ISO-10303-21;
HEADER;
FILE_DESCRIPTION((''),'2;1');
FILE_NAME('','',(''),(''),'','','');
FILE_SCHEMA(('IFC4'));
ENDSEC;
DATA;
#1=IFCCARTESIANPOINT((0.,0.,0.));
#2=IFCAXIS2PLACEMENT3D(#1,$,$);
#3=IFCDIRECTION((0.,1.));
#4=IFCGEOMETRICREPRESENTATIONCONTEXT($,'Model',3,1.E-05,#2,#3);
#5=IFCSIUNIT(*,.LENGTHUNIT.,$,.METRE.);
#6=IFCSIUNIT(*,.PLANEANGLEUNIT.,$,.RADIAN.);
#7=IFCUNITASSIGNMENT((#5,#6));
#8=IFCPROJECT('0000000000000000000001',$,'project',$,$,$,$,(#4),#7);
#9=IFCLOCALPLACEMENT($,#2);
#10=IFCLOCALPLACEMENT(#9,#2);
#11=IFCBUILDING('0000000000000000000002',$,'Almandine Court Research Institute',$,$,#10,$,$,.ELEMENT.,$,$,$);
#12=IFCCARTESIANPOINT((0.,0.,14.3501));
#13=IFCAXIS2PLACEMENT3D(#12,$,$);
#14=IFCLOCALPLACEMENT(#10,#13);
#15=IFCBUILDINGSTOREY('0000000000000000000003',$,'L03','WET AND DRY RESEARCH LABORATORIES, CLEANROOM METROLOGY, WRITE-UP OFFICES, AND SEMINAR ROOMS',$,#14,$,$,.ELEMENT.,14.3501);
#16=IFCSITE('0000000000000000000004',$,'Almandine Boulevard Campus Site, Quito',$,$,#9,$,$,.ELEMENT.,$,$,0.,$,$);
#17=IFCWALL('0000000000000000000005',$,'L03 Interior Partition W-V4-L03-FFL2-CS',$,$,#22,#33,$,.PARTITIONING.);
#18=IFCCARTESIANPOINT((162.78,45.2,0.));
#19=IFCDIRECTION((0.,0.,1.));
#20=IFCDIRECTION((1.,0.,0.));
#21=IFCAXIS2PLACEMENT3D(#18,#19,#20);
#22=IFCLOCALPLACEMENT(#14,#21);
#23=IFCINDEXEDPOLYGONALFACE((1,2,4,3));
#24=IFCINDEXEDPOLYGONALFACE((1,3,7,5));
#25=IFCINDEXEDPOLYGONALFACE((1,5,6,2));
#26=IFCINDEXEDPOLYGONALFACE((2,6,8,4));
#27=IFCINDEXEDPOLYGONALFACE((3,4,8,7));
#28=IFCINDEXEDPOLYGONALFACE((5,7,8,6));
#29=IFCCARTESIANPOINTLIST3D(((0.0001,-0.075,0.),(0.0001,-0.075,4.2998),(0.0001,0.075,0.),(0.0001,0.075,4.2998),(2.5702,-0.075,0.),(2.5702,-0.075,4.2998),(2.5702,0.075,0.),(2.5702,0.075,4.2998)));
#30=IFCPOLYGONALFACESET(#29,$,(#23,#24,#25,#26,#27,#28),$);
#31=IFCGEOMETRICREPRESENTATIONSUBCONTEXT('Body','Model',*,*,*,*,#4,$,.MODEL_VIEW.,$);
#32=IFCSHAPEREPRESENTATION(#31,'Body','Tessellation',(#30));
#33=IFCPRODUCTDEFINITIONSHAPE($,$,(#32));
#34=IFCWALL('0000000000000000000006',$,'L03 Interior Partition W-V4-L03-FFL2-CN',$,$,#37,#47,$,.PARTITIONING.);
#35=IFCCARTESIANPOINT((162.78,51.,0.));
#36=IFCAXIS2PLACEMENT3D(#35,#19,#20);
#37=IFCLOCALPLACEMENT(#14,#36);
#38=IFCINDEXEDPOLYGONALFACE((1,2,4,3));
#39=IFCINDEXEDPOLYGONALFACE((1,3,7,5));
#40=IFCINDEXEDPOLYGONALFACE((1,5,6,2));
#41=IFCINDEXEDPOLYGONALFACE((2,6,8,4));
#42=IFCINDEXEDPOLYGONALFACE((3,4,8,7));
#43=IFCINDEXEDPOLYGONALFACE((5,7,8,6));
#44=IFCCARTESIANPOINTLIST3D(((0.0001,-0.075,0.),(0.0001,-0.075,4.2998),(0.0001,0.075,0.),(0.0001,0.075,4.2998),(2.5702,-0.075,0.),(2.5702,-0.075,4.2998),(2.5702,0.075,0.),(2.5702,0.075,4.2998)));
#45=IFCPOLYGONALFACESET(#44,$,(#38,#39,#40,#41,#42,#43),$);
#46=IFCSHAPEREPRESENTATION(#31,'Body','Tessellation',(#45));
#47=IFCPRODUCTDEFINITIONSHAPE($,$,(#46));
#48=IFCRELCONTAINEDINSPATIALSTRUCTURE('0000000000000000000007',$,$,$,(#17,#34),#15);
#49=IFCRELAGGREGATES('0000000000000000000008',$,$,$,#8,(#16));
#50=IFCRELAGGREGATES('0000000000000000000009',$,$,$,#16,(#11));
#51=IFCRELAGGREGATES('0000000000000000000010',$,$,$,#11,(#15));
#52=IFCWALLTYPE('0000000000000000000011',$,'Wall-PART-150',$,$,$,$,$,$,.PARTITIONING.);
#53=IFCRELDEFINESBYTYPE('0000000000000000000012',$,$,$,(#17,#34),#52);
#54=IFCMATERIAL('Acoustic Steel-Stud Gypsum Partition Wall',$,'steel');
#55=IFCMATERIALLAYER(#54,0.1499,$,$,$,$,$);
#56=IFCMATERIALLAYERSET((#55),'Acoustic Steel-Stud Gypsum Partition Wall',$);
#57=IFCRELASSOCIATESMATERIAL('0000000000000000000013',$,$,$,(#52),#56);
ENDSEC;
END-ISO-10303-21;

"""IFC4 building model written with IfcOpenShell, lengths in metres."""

from ifc_helpers import new_model, si_unit, direction, frame, frame_2d, origin, place, context, subcontext, project, spatial, rectangle, extrude, material, layer, layer_set, type_object, element, save


model = new_model("IFC4")

# Units and contexts
model_context = context("Model", 3, precision=1e-05, world=origin(), true_north=direction((0.0, 1.0)))
body_context = subcontext(model_context, "Body", "Model", "MODEL_VIEW")
ifc_project = project(units=[si_unit("LENGTHUNIT", "METRE"), si_unit("PLANEANGLEUNIT", "RADIAN")], contexts=[model_context])

# Site, building, storey
site_placement = place(None, origin())
site = spatial("IfcSite", under=ifc_project, at=site_placement, Name="Almandine Boulevard Campus Site, Quito", CompositionType="ELEMENT", RefElevation=0.0)
building_placement = place(site_placement, origin())
building = spatial("IfcBuilding", under=site, at=building_placement, Name="Almandine Court Research Institute", CompositionType="ELEMENT")
storey_placement = place(building_placement, frame((0.0, 0.0, 14.3501)))
storey = spatial("IfcBuildingStorey", under=building, at=storey_placement, Name="L03", Description="WET AND DRY RESEARCH LABORATORIES, CLEANROOM METROLOGY, WRITE-UP OFFICES, AND SEMINAR ROOMS", CompositionType="ELEMENT", Elevation=14.3501)

# Walls
ifc_material_1 = material(Name="Acoustic Steel-Stud Gypsum Partition Wall", Category="steel")
ifc_layer_1 = layer(ifc_material_1, 0.1499)
ifc_layer_set_1 = layer_set([ifc_layer_1], Name="Acoustic Steel-Stud Gypsum Partition Wall")
wall_type_1 = type_object("IfcWallType", Name="Wall-PART-150", PredefinedType="PARTITIONING", material=ifc_layer_set_1)
for number, where, z_axis, x_axis, name in (
    (1, (162.78, 45.2, 0.0), (0.0, 0.0, 1.0), (1.0, 0.0, 0.0), "L03 Interior Partition W-V4-L03-FFL2-CS"),
    (2, (162.78, 51.0, 0.0), (0.0, 0.0, 1.0), (1.0, 0.0, 0.0), "L03 Interior Partition W-V4-L03-FFL2-CN"),
):
    element("IfcWall", number, at=place(storey_placement, frame(where, z_axis=z_axis, x_axis=x_axis)), inside=storey, type_object=wall_type_1, Name=name, PredefinedType="PARTITIONING", context=body_context, shape_type="SweptSolid", body=[
        extrude(rectangle(XDim=2.5701, YDim=0.1499, at=frame_2d((1.2852, 0.0))), origin(), (0.0, 0.0, 1.0), 4.2998),
    ])

save(model, "model.ifc")
